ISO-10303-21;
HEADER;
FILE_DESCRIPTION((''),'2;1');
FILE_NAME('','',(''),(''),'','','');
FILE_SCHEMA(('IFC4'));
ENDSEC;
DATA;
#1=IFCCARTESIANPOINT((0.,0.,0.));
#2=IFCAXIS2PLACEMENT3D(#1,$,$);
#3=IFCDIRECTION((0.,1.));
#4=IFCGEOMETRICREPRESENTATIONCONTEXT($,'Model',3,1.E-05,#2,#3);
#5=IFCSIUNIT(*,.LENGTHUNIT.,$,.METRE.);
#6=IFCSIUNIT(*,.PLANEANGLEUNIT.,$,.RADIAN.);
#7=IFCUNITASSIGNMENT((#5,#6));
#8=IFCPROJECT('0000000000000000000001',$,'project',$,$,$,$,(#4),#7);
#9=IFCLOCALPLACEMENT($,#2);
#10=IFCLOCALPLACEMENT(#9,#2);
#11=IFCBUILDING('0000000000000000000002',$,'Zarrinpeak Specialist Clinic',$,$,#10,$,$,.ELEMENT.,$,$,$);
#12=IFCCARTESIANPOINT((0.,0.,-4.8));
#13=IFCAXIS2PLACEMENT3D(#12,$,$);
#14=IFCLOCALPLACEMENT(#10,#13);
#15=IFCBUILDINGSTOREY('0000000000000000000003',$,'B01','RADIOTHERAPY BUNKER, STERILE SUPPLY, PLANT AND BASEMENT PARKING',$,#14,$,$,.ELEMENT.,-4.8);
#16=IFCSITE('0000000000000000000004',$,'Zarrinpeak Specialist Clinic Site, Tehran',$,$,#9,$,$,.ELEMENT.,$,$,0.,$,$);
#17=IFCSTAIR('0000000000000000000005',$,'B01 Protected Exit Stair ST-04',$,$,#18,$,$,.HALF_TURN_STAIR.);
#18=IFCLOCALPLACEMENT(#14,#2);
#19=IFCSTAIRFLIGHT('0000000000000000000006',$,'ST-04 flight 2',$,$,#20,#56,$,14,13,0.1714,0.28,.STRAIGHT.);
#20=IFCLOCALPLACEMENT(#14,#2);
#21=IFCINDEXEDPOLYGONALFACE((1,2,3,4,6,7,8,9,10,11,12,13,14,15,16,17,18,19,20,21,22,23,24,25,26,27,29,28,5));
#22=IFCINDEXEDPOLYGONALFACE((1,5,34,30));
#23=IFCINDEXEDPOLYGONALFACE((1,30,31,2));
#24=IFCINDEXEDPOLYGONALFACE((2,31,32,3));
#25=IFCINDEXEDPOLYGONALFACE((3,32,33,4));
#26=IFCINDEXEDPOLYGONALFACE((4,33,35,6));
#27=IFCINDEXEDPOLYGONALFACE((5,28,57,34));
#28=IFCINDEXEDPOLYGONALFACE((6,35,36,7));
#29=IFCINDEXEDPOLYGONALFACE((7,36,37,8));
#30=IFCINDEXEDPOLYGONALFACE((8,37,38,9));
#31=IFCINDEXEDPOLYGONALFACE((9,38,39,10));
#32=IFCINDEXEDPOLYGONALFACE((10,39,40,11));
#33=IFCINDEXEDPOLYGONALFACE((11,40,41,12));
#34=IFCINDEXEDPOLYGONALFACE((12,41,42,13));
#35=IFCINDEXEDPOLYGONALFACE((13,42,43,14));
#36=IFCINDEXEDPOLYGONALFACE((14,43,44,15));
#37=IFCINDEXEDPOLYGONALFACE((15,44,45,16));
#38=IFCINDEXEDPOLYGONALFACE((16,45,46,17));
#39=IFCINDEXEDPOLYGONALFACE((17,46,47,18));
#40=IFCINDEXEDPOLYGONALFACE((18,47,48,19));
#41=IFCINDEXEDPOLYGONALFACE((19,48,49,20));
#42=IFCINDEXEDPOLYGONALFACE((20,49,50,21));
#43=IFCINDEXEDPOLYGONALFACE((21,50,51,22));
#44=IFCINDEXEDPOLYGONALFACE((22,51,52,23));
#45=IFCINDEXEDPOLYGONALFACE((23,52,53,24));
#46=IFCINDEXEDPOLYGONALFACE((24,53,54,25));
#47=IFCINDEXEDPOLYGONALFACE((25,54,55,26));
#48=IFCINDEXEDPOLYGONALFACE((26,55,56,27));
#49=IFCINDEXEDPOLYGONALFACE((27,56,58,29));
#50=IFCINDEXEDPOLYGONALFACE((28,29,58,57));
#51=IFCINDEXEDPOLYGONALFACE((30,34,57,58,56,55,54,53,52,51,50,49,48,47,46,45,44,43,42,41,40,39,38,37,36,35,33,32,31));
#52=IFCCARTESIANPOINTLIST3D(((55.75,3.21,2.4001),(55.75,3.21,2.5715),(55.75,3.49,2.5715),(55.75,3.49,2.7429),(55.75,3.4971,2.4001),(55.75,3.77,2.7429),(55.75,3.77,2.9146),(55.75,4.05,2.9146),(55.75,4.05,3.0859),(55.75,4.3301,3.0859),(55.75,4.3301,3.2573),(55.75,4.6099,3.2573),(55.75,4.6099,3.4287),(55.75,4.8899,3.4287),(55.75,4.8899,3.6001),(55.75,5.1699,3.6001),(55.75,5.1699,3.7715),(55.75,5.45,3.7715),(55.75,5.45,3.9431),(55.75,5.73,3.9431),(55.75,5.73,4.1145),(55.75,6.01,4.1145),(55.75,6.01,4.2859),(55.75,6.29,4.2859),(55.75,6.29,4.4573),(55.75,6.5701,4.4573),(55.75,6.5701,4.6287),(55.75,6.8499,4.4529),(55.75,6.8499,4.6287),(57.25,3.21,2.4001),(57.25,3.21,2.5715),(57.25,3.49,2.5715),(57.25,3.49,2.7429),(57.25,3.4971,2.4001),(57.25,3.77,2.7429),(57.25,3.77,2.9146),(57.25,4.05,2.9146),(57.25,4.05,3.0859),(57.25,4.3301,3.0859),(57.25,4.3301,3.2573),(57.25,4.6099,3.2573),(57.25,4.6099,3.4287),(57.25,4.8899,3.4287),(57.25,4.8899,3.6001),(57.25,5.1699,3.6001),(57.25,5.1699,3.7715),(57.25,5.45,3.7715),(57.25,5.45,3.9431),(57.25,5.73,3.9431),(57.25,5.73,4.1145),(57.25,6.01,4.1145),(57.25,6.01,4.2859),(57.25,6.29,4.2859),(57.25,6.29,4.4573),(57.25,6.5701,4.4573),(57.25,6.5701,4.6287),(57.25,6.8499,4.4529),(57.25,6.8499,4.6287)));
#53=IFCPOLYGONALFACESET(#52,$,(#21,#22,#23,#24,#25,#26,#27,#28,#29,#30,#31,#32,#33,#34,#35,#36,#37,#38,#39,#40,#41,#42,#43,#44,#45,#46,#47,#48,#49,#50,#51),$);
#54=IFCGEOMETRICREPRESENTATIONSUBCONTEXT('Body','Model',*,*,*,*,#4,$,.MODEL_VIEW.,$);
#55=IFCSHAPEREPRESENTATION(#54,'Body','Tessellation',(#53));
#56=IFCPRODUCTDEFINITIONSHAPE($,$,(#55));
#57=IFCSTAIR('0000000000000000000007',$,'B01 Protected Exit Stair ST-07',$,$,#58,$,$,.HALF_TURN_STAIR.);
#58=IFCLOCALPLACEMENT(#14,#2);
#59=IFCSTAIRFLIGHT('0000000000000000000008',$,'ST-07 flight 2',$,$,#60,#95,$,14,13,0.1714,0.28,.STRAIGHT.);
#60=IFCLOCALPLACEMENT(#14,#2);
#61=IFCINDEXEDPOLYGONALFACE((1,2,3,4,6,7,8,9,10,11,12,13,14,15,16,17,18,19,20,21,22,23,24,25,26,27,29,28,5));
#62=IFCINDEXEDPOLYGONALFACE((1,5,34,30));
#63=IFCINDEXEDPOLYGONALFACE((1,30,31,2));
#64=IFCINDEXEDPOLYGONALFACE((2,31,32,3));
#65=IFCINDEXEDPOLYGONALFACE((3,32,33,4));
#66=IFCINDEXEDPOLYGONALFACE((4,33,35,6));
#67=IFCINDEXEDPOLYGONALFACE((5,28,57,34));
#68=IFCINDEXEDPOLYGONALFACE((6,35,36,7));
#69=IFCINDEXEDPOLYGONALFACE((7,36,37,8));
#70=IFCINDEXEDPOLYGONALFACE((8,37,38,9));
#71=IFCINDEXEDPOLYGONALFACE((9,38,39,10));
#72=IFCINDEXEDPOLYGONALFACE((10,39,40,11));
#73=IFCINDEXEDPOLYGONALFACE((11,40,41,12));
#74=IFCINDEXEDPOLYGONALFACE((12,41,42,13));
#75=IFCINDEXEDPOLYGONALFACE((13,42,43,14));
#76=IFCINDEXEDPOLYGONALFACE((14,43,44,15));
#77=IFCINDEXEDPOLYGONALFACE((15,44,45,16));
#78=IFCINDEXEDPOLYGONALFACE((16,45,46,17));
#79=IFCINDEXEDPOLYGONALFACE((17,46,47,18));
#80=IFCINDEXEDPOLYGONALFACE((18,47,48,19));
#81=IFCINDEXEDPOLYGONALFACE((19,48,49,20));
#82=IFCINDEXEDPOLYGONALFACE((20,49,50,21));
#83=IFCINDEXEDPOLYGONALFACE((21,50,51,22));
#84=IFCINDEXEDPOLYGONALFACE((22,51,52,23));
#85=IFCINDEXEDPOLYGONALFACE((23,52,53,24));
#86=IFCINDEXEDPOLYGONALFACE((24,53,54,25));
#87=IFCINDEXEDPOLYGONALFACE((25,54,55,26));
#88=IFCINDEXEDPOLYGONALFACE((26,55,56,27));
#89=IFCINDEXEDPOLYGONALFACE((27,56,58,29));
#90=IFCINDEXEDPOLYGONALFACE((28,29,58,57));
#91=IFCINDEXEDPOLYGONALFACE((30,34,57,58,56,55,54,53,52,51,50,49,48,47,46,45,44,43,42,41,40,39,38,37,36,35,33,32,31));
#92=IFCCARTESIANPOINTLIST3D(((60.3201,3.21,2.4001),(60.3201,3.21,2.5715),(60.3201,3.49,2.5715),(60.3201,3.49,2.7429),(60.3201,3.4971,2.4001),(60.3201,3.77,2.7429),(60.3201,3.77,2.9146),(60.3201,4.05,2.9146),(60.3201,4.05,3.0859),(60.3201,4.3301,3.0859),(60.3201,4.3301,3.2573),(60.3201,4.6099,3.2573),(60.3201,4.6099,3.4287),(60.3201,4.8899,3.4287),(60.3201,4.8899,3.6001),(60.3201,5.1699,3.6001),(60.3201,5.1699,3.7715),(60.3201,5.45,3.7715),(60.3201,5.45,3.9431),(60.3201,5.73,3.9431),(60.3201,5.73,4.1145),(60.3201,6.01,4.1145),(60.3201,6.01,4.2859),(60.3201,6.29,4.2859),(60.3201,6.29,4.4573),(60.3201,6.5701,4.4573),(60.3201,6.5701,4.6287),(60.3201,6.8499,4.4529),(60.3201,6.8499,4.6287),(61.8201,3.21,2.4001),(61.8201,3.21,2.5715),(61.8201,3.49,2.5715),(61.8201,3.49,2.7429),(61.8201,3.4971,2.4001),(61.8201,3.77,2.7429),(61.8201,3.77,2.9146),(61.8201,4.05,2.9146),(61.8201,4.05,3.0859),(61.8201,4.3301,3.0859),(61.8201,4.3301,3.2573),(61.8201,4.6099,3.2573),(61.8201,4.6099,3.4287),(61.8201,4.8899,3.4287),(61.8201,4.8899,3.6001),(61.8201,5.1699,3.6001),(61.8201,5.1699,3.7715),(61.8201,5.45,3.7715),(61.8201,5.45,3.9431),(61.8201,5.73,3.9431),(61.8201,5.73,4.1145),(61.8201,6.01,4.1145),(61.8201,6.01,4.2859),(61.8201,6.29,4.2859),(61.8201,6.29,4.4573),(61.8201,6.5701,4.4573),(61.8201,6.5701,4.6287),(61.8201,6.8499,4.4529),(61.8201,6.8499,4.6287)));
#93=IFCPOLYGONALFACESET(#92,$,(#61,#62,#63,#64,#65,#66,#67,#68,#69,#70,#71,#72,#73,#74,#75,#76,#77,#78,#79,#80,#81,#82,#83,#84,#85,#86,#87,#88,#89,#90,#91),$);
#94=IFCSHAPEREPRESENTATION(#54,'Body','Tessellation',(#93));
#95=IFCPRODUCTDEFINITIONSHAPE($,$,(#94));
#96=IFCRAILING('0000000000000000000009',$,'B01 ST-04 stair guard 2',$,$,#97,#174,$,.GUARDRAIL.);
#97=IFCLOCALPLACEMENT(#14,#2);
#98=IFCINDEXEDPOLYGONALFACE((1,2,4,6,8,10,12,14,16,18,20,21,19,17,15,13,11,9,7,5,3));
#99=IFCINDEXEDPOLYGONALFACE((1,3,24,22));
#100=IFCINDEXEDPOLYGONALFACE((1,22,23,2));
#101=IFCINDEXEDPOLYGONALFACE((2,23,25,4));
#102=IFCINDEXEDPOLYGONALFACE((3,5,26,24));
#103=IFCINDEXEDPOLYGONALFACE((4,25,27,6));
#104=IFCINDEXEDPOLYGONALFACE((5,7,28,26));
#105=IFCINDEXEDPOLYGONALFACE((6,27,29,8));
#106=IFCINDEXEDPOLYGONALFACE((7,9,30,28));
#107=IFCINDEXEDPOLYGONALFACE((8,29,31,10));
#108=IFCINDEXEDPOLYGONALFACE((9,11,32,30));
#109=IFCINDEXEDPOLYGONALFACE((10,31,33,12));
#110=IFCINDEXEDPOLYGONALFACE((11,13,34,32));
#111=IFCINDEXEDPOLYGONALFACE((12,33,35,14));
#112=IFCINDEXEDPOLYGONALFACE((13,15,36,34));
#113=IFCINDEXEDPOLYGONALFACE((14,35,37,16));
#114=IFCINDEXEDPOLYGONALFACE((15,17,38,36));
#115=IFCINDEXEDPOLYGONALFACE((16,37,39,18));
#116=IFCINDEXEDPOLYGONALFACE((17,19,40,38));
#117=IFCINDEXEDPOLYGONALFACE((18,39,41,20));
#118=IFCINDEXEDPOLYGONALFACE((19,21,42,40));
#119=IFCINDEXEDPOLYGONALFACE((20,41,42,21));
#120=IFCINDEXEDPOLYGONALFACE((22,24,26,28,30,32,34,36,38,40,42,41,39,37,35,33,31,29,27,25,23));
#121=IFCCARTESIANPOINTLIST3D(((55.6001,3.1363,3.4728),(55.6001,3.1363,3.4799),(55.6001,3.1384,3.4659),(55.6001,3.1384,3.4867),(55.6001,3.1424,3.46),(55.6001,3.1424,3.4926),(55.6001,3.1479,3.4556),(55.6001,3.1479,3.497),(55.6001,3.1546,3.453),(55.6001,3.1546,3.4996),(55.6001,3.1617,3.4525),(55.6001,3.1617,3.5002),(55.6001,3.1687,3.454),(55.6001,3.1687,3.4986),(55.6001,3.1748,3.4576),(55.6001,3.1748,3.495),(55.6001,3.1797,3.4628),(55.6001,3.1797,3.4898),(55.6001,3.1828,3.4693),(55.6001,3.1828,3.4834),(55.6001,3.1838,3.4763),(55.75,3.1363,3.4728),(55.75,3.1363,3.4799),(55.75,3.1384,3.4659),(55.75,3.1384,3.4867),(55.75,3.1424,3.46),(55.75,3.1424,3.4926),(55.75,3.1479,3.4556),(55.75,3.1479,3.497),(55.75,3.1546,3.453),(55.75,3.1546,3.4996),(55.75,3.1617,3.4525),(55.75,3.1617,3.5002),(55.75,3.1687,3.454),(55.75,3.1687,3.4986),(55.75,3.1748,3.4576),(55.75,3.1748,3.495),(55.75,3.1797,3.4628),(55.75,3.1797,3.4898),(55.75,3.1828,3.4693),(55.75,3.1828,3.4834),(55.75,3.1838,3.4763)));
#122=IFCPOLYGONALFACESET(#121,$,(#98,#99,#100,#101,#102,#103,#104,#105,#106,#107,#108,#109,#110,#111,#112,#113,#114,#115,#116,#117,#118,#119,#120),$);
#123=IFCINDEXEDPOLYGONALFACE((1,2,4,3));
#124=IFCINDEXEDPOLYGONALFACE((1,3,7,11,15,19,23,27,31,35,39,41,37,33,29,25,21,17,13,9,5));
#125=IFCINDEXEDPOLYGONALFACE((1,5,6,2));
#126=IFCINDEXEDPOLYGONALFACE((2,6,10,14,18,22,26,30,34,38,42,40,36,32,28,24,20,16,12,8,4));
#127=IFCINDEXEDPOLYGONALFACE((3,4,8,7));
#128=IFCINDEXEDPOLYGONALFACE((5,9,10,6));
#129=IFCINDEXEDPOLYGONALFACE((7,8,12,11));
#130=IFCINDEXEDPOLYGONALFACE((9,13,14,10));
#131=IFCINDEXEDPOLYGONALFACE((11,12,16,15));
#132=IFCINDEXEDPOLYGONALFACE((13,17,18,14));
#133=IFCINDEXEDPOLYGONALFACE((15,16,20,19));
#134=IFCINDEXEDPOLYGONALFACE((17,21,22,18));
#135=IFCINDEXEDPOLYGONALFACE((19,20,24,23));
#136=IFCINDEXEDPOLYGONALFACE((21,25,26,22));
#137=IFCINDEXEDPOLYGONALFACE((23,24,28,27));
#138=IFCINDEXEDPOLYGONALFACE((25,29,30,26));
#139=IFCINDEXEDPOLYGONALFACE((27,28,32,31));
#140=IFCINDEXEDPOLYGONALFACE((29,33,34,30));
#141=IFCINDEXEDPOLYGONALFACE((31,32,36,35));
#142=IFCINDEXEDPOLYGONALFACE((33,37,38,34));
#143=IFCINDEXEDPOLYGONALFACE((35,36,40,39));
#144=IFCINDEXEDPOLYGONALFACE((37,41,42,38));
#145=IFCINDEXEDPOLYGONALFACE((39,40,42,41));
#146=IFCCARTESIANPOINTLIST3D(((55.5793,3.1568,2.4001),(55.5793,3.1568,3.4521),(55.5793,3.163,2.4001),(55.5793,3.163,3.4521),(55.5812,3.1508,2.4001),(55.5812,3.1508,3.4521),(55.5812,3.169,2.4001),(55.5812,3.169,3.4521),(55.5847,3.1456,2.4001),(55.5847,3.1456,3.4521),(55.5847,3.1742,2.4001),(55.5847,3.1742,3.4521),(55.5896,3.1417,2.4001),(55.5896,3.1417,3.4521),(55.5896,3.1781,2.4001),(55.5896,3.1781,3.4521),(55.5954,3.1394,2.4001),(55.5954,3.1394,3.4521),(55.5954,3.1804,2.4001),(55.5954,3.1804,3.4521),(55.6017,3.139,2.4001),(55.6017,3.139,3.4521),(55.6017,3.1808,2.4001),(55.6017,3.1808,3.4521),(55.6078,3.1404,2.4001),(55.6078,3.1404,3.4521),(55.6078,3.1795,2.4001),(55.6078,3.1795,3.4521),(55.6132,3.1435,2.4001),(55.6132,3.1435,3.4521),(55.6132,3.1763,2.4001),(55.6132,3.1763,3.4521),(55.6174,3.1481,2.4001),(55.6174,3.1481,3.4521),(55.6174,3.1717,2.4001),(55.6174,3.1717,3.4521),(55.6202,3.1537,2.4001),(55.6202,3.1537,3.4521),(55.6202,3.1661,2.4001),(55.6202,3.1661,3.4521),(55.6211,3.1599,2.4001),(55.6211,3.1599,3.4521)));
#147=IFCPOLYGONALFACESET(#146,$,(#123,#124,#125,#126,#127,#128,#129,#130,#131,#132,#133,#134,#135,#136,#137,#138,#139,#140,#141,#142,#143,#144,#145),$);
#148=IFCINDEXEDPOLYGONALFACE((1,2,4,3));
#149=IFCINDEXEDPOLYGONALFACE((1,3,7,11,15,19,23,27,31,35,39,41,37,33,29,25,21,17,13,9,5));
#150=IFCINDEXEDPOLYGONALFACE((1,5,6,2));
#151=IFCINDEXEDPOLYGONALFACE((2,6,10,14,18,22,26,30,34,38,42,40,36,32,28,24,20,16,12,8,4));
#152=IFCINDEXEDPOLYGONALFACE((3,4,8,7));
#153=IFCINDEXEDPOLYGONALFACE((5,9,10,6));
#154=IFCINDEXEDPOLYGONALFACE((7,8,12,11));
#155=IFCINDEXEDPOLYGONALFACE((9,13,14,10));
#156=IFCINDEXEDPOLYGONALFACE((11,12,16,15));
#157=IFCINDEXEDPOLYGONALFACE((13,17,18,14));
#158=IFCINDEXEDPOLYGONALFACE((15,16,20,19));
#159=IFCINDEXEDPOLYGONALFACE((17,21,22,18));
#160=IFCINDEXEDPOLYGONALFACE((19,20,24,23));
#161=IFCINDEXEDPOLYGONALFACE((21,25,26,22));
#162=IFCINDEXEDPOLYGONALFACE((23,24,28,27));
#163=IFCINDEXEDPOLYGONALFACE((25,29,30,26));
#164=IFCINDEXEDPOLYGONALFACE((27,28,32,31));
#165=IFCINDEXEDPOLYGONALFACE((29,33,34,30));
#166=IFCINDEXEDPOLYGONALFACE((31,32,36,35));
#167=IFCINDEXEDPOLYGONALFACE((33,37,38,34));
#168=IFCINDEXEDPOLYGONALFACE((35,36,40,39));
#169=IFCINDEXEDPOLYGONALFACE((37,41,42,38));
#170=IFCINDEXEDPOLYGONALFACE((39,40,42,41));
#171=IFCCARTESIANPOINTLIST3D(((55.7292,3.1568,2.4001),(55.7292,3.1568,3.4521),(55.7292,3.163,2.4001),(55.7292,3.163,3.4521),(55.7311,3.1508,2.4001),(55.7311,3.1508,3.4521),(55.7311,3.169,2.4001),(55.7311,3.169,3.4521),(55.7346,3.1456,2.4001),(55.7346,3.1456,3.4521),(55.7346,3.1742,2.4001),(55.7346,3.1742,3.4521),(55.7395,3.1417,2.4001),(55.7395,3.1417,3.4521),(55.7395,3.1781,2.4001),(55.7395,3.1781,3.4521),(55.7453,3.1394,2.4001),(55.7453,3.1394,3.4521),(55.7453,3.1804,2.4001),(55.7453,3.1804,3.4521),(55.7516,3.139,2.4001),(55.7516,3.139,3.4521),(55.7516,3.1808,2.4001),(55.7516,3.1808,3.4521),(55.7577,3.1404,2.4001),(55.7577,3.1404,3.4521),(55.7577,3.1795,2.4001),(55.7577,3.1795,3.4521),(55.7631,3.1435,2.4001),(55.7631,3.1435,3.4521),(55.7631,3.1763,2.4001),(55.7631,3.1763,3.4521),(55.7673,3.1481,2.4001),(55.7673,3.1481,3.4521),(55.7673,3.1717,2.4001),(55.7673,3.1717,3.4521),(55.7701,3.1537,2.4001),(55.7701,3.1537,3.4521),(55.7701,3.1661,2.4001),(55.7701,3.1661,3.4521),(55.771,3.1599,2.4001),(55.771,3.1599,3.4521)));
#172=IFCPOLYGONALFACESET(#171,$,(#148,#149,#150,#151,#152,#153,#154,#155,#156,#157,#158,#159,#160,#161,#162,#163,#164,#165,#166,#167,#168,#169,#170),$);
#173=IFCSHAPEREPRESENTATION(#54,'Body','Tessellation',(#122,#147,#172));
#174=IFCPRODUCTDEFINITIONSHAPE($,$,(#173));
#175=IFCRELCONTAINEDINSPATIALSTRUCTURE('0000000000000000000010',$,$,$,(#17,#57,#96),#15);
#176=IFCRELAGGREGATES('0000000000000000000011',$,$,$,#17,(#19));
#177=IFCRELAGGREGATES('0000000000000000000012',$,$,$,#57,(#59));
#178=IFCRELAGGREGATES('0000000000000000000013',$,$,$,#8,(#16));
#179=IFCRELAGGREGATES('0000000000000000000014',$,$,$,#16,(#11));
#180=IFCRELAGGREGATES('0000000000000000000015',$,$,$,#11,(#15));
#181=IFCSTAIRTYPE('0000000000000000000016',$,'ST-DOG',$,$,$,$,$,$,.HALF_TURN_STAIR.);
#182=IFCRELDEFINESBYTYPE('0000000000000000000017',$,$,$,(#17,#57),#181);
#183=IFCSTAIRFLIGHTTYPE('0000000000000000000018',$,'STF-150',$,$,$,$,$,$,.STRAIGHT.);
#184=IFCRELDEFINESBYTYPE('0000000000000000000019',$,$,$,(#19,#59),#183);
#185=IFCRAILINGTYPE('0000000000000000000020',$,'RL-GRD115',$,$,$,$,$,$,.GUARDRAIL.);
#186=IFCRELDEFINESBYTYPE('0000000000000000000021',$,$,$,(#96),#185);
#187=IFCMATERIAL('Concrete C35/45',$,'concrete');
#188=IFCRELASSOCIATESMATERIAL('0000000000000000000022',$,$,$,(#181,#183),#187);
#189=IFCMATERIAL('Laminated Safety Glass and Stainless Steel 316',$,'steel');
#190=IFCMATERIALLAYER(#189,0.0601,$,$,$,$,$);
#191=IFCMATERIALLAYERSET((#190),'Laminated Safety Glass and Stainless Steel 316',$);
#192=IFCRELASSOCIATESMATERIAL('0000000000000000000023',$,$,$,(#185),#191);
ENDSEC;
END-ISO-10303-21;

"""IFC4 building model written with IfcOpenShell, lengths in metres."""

from ifc_helpers import new_model, si_unit, direction, frame, origin, origin_2d, place, context, subcontext, project, spatial, polyline, circle, outline, extrude, material, layer, layer_set, type_object, element, aggregate, save


model = new_model("IFC4")

# Units and contexts
model_context = context("Model", 3, precision=1e-05, world=origin(), true_north=direction((0.0, 1.0)))
body_context = subcontext(model_context, "Body", "Model", "MODEL_VIEW")
ifc_project = project(units=[si_unit("LENGTHUNIT", "METRE"), si_unit("PLANEANGLEUNIT", "RADIAN")], contexts=[model_context])

# Site, building, storey
site_placement = place(None, origin())
site = spatial("IfcSite", under=ifc_project, at=site_placement, Name="Zarrinpeak Specialist Clinic Site, Tehran", CompositionType="ELEMENT", RefElevation=0.0)
building_placement = place(site_placement, origin())
building = spatial("IfcBuilding", under=site, at=building_placement, Name="Zarrinpeak Specialist Clinic", CompositionType="ELEMENT")
storey_placement = place(building_placement, frame((0.0, 0.0, -4.8)))
storey = spatial("IfcBuildingStorey", under=building, at=storey_placement, Name="B01", Description="RADIOTHERAPY BUNKER, STERILE SUPPLY, PLANT AND BASEMENT PARKING", CompositionType="ELEMENT", Elevation=-4.8)

# Stairs, stair flights
ifc_material_1 = material(Name="Concrete C35/45", Category="concrete")
stair_type = type_object("IfcStairType", Name="ST-DOG", PredefinedType="HALF_TURN_STAIR", material=ifc_material_1)
stair_1_placement = place(storey_placement, origin())
stair_1 = element("IfcStair", 1, at=stair_1_placement, inside=storey, type_object=stair_type, Name="B01 Protected Exit Stair ST-04", PredefinedType="HALF_TURN_STAIR")
stair_flight_type = type_object("IfcStairFlightType", Name="STF-150", PredefinedType="STRAIGHT", material=ifc_material_1)
stair_flight_1_placement = place(storey_placement, frame((56.5, 3.21, 2.4001), z_axis=(0.0, 0.0, 1.0), x_axis=(0.0, 1.0, 0.0)))
stair_flight_1 = element("IfcStairFlight", 2, at=stair_flight_1_placement, type_object=stair_flight_type, Name="ST-04 flight 2", NumberOfRisers=14, NumberOfTreads=13, PredefinedType="STRAIGHT", RiserHeight=0.1714, TreadLength=0.28, context=body_context, shape_type="SweptSolid", body=[
    extrude(outline(polyline([(0.0, 0.0), (0.0, 0.1714), (0.28, 0.1714), (0.28, 0.3428), (0.5601, 0.3428), (0.5601, 0.5144), (0.8401, 0.5144), (0.8401, 0.6858), (1.1201, 0.6858), (1.1201, 0.8572), (1.3999, 0.8572), (1.3999, 1.0286), (1.6799, 1.0286), (1.6799, 1.2), (1.96, 1.2), (1.96, 1.3713), (2.24, 1.3713), (2.24, 1.543), (2.52, 1.543), (2.52, 1.7144), (2.8, 1.7144), (2.8, 1.8857), (3.0801, 1.8857), (3.0801, 2.0571), (3.3601, 2.0571), (3.3601, 2.2285), (3.6399, 2.2285), (3.6399, 2.3999), (3.6399, 2.0527), (0.2871, 0.0), (0.0, 0.0)])), frame((0.0, 0.75, 0.0), z_axis=(0.0, -1.0, 0.0), x_axis=(1.0, 0.0, 0.0)), (0.0, 0.0, 1.0), 1.5),
])
aggregate(stair_1, [stair_flight_1])
stair_2_placement = place(storey_placement, origin())
stair_2 = element("IfcStair", 3, at=stair_2_placement, inside=storey, type_object=stair_type, Name="B01 Protected Exit Stair ST-07", PredefinedType="HALF_TURN_STAIR")
stair_flight_2_placement = place(storey_placement, frame((61.0701, 3.21, 2.4001), z_axis=(0.0, 0.0, 1.0), x_axis=(0.0, 1.0, 0.0)))
stair_flight_2 = element("IfcStairFlight", 4, at=stair_flight_2_placement, type_object=stair_flight_type, Name="ST-07 flight 2", NumberOfRisers=14, NumberOfTreads=13, PredefinedType="STRAIGHT", RiserHeight=0.1714, TreadLength=0.28, context=body_context, shape_type="SweptSolid", body=[
    extrude(outline(polyline([(0.0, 0.0), (0.0, 0.1714), (0.28, 0.1714), (0.28, 0.3428), (0.5601, 0.3428), (0.5601, 0.5144), (0.8401, 0.5144), (0.8401, 0.6858), (1.1201, 0.6858), (1.1201, 0.8572), (1.3999, 0.8572), (1.3999, 1.0286), (1.6799, 1.0286), (1.6799, 1.2), (1.96, 1.2), (1.96, 1.3713), (2.24, 1.3713), (2.24, 1.543), (2.52, 1.543), (2.52, 1.7144), (2.8, 1.7144), (2.8, 1.8857), (3.0801, 1.8857), (3.0801, 2.0571), (3.3601, 2.0571), (3.3601, 2.2285), (3.6399, 2.2285), (3.6399, 2.3999), (3.6399, 2.0527), (0.2871, 0.0), (0.0, 0.0)])), frame((0.0, 0.75, 0.0), z_axis=(0.0, -1.0, 0.0), x_axis=(1.0, 0.0, 0.0)), (0.0, 0.0, 1.0), 1.5),
])
aggregate(stair_2, [stair_flight_2])

# Railing
ifc_material_2 = material(Name="Laminated Safety Glass and Stainless Steel 316", Category="steel")
ifc_layer_1 = layer(ifc_material_2, 0.0601)
ifc_layer_set_1 = layer_set([ifc_layer_1], Name="Laminated Safety Glass and Stainless Steel 316")
railing_type_1 = type_object("IfcRailingType", Name="RL-GRD115", PredefinedType="GUARDRAIL", material=ifc_layer_set_1)
railing_1_placement = place(storey_placement, frame((55.6001, 3.1599, 2.4001)))
element("IfcRailing", 5, at=railing_1_placement, inside=storey, type_object=railing_type_1, Name="B01 ST-04 stair guard 2", PredefinedType="GUARDRAIL", context=body_context, shape_type="SweptSolid", body=[
    extrude(circle(Radius=0.0239, at=origin_2d()), frame((0.0, 0.0, 1.0762), z_axis=(1.0, 0.0, 0.0), x_axis=(0.0, 1.0, 0.0)), (0.0, 0.0, 1.0), 0.1499),
    extrude(circle(Radius=0.021, at=origin_2d()), origin(), (0.0, 0.0, 1.0), 1.052),
    extrude(circle(Radius=0.021, at=origin_2d()), frame((0.1499, 0.0, 0.0)), (0.0, 0.0, 1.0), 1.052),
])

save(model, "model.ifc")
